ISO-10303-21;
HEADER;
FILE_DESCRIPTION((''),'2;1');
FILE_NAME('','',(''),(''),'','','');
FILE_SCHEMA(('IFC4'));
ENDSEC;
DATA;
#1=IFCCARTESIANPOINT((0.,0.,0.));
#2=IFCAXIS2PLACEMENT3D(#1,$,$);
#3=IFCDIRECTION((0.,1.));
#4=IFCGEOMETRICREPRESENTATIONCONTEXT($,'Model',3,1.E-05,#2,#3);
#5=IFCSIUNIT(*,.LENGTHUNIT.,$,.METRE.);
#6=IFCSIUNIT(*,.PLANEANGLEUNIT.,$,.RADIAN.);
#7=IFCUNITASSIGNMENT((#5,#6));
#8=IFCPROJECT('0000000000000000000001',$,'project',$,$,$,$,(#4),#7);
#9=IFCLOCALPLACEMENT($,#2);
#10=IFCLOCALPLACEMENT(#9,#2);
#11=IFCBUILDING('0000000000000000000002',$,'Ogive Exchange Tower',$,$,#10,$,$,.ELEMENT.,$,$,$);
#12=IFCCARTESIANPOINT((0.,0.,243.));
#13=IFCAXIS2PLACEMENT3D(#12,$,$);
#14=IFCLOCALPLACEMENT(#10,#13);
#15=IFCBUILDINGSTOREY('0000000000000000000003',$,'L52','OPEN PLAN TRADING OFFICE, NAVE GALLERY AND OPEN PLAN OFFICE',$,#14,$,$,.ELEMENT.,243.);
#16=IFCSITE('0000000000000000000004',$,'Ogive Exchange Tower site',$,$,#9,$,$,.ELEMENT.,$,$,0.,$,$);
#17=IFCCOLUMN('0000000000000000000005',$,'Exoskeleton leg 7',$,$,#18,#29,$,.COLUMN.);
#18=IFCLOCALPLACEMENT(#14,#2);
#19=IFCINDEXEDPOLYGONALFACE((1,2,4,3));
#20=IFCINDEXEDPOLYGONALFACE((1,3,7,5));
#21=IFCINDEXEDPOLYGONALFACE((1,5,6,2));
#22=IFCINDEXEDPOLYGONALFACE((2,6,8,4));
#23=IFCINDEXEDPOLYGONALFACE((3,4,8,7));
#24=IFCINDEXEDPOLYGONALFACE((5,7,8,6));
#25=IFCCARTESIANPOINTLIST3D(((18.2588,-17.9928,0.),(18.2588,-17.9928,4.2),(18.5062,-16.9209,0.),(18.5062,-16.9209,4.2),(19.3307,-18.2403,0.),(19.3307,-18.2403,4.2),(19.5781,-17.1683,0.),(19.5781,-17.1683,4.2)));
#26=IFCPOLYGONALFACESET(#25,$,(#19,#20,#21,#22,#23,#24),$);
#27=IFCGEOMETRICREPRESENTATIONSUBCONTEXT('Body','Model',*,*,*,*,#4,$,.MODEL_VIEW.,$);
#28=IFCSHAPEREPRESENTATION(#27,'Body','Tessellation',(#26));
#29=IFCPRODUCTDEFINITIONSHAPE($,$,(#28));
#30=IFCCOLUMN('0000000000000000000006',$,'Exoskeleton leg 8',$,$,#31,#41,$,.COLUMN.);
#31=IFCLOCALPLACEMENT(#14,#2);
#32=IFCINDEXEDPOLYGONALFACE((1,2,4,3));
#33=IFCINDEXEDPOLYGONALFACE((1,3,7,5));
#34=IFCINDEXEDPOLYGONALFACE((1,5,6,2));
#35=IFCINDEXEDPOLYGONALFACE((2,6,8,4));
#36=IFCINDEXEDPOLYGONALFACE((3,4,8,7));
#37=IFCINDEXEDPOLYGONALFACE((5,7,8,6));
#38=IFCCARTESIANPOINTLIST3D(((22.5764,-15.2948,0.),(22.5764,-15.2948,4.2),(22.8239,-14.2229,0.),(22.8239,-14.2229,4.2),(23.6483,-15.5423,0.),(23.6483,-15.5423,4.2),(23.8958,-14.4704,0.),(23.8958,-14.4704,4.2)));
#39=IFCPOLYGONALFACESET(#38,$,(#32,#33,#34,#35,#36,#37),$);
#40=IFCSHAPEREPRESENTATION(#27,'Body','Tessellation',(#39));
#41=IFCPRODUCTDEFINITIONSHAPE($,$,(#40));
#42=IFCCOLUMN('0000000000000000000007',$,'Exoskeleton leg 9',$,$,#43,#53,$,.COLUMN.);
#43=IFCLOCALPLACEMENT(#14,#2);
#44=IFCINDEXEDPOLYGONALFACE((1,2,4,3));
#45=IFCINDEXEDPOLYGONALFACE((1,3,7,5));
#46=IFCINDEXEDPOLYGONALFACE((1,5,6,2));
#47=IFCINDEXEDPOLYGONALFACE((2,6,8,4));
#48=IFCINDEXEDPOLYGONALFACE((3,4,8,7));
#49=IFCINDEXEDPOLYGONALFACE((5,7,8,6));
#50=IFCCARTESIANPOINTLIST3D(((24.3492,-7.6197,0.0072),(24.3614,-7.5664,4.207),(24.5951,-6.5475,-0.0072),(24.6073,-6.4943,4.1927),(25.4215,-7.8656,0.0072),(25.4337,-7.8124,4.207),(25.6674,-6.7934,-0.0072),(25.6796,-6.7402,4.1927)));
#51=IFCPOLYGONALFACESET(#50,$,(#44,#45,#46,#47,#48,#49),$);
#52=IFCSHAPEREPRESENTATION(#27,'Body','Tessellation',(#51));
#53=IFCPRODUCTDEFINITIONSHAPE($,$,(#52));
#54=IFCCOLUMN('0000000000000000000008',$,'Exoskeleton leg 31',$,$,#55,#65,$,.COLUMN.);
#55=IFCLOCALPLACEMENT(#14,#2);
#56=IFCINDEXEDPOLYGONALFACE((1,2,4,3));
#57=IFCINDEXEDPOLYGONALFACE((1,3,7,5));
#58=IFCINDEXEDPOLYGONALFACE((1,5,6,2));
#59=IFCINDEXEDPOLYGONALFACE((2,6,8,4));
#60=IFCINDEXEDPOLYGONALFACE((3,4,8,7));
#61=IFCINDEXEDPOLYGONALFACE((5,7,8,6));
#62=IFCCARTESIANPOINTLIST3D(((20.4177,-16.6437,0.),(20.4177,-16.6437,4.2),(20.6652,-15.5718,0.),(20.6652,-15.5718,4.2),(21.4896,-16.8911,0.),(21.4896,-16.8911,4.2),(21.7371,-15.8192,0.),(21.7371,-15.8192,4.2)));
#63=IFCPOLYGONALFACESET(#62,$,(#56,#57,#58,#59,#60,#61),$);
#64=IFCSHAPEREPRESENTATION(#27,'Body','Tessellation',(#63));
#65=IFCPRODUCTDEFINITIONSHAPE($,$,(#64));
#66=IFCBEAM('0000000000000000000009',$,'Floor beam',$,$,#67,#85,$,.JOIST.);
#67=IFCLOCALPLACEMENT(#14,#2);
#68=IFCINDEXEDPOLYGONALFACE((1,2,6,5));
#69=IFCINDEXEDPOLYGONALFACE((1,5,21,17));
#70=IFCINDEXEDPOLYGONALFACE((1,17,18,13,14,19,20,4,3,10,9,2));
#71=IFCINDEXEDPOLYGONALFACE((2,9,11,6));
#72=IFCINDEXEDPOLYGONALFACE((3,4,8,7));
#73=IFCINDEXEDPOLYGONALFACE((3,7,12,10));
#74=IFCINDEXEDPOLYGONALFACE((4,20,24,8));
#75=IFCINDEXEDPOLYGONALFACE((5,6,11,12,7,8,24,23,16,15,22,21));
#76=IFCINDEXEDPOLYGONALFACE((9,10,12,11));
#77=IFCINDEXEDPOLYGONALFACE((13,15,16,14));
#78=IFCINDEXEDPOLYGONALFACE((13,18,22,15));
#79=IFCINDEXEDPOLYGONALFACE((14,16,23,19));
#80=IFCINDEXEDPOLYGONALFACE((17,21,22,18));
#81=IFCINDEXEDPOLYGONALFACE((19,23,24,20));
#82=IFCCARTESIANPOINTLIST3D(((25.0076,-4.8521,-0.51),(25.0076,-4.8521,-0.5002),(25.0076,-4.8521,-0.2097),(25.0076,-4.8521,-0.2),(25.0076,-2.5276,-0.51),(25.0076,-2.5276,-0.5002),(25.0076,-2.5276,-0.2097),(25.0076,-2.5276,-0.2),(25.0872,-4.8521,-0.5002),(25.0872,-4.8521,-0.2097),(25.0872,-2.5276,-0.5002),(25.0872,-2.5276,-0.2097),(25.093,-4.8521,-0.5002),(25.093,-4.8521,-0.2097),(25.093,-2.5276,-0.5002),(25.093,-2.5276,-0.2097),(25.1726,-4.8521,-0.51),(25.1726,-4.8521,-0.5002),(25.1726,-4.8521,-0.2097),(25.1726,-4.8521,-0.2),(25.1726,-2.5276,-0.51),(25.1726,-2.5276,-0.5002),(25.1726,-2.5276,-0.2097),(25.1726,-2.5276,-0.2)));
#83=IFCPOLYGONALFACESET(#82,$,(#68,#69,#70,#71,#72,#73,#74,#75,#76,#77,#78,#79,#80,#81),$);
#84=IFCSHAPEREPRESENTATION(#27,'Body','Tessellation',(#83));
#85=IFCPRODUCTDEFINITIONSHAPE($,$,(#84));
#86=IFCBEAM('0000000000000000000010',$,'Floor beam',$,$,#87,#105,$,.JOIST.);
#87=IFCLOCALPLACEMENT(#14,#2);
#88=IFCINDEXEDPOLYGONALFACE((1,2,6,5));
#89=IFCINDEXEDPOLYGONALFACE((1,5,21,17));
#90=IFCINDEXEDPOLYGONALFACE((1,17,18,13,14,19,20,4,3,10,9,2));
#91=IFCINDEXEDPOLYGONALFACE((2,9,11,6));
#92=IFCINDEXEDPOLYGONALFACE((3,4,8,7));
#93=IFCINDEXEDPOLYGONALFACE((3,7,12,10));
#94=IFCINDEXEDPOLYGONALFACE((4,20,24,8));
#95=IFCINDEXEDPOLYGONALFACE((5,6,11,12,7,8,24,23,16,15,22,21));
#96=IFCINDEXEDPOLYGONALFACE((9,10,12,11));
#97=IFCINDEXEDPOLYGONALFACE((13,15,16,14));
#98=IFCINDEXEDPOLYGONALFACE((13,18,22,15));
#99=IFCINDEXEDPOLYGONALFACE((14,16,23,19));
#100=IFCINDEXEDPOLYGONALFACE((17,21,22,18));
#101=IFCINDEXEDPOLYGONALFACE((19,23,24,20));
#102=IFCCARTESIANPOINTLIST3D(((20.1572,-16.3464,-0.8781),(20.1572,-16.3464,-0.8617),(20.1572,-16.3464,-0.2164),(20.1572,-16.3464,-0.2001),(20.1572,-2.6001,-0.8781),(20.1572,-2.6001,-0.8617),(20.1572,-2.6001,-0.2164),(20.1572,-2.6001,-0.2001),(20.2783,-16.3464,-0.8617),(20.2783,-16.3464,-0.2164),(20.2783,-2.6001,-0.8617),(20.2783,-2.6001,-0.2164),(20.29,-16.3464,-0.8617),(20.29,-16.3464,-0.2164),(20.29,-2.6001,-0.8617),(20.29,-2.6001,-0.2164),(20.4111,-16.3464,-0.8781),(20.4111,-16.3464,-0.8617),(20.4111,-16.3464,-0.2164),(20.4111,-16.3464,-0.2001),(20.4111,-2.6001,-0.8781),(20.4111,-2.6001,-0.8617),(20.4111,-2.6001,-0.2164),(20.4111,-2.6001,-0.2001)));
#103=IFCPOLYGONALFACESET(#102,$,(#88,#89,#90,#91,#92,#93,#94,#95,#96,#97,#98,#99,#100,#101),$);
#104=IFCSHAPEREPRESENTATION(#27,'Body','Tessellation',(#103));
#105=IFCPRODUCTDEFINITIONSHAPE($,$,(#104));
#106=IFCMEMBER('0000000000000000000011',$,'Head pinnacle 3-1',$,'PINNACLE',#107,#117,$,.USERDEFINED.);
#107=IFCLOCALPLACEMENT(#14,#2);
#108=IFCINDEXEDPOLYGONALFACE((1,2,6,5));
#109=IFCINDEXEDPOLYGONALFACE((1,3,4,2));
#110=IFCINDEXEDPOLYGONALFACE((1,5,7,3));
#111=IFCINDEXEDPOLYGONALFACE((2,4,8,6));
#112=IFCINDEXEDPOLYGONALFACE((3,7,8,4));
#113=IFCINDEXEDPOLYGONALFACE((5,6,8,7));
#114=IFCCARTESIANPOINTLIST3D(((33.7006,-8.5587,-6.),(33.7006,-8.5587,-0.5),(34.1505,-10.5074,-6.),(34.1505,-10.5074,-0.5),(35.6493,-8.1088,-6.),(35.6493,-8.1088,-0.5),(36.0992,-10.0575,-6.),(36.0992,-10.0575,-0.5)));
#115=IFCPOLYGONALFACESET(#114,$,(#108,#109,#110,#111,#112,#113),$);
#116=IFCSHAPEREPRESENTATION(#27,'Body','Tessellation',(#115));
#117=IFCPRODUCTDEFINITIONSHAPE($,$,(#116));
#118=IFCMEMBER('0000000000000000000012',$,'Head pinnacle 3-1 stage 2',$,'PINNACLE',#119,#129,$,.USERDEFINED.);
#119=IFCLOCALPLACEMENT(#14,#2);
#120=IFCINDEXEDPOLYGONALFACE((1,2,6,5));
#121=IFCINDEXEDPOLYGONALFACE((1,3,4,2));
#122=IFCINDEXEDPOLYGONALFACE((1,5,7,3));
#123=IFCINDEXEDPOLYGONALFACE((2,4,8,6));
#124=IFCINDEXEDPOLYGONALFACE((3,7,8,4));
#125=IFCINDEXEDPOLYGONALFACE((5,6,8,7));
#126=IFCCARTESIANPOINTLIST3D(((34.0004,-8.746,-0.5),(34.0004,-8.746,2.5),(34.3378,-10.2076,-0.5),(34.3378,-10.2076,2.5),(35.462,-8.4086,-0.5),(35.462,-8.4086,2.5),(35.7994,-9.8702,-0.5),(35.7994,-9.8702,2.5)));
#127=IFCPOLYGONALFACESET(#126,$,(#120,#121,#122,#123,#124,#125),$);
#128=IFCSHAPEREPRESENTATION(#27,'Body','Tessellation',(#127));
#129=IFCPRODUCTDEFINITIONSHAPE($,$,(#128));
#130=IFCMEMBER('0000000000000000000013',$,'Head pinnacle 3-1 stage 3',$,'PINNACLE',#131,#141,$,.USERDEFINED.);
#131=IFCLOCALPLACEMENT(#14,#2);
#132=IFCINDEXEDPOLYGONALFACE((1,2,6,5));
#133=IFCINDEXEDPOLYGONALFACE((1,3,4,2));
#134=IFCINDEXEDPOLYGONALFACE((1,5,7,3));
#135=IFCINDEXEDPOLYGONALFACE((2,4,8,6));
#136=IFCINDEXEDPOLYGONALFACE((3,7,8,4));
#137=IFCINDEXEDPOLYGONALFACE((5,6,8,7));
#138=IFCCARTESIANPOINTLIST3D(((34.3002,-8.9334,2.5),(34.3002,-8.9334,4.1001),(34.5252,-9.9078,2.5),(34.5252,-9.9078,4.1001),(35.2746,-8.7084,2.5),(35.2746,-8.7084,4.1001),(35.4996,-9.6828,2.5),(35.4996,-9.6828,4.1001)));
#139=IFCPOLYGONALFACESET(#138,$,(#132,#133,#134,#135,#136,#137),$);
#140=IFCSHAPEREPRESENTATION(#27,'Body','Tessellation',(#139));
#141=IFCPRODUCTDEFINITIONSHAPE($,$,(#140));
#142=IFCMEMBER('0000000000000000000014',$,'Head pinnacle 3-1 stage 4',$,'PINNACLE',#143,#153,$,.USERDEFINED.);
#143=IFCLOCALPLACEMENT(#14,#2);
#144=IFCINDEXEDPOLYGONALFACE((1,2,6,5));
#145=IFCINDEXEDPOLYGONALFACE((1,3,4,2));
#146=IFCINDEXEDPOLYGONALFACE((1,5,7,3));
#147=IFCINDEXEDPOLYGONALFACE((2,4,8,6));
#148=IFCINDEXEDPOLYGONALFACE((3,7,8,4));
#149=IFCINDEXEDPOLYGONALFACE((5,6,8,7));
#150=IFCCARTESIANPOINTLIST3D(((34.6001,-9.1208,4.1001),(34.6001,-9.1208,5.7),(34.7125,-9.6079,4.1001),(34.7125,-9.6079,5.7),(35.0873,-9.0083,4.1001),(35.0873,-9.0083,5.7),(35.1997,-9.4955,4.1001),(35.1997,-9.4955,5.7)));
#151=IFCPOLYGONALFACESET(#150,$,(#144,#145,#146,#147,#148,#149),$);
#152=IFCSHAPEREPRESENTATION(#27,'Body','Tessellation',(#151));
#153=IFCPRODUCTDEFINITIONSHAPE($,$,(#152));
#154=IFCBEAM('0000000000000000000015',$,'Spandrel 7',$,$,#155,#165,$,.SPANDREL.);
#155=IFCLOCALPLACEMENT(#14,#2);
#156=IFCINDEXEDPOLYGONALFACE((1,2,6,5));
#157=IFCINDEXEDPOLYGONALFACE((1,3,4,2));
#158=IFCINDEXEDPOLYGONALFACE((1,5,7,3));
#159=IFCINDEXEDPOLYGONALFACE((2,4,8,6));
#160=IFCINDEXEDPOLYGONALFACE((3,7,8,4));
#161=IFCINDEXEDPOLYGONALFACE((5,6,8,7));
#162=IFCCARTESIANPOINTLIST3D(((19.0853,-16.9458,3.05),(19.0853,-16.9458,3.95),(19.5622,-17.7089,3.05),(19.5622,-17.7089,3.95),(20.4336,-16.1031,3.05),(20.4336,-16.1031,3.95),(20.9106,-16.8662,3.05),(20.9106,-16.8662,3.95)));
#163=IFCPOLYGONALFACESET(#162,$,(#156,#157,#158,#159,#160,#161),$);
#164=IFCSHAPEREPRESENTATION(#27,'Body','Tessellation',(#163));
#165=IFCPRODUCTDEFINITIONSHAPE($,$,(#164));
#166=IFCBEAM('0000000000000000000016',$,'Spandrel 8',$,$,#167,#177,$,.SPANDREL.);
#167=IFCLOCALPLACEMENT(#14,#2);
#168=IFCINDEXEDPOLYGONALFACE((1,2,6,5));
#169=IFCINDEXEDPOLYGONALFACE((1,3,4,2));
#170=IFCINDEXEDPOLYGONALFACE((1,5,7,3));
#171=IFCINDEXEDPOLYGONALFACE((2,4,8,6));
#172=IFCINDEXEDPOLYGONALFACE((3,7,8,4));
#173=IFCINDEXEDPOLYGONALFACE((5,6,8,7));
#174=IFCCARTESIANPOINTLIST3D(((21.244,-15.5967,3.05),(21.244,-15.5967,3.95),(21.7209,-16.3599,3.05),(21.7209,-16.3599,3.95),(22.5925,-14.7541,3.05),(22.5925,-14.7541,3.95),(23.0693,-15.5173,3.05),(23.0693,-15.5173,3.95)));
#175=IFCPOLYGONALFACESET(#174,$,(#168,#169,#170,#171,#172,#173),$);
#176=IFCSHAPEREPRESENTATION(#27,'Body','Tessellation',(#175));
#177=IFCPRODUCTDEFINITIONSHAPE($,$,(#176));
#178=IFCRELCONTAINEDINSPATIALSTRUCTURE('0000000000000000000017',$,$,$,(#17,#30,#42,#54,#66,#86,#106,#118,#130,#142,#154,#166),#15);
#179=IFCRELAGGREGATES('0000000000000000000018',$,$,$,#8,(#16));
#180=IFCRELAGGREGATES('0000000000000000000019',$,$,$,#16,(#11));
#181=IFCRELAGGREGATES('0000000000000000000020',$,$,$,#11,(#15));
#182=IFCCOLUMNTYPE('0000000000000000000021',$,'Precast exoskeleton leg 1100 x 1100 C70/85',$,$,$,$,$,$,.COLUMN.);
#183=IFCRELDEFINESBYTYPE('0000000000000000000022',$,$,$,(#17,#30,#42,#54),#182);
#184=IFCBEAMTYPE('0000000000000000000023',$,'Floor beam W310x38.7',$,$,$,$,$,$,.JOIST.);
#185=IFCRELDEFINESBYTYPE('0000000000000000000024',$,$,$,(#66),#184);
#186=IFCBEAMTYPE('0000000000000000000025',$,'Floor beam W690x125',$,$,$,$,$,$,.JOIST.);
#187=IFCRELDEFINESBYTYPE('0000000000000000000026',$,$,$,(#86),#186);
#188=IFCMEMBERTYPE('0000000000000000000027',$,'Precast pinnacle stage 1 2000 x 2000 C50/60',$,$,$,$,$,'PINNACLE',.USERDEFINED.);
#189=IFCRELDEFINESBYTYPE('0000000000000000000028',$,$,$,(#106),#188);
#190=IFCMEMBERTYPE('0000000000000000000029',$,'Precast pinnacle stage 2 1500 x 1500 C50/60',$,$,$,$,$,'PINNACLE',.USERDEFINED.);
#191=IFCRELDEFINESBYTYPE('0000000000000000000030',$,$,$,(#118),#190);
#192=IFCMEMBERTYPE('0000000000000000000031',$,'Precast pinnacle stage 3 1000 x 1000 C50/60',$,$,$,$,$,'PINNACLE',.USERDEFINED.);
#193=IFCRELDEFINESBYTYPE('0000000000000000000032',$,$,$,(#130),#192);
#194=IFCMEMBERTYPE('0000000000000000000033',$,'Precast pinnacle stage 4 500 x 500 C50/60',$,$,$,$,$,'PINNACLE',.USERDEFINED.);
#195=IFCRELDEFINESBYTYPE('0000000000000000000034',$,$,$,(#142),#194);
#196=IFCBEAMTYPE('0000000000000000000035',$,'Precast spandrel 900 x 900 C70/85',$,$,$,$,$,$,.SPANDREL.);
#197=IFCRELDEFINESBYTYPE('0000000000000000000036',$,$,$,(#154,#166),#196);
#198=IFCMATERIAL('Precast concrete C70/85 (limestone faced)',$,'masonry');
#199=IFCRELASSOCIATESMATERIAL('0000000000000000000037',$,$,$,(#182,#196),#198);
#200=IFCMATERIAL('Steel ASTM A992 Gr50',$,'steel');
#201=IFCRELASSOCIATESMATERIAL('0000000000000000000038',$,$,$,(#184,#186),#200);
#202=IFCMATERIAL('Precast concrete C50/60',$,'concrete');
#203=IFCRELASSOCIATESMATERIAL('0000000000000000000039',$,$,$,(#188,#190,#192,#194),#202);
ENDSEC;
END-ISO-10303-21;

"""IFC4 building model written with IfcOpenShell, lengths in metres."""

from ifc_helpers import new_model, si_unit, direction, frame, origin, origin_2d, place, context, subcontext, project, spatial, rectangle, i_section, extrude, material, material_profile, profile_set, type_object, element, save


model = new_model("IFC4")

# Units and contexts
model_context = context("Model", 3, precision=1e-05, world=origin(), true_north=direction((0.0, 1.0)))
body_context = subcontext(model_context, "Body", "Model", "MODEL_VIEW")
ifc_project = project(units=[si_unit("LENGTHUNIT", "METRE"), si_unit("PLANEANGLEUNIT", "RADIAN")], contexts=[model_context])

# Site, building, storey
site_placement = place(None, origin())
site = spatial("IfcSite", under=ifc_project, at=site_placement, Name="Ogive Exchange Tower site", CompositionType="ELEMENT", RefElevation=0.0)
building_placement = place(site_placement, origin())
building = spatial("IfcBuilding", under=site, at=building_placement, Name="Ogive Exchange Tower", CompositionType="ELEMENT")
storey_placement = place(building_placement, frame((0.0, 0.0, 243.0)))
storey = spatial("IfcBuildingStorey", under=building, at=storey_placement, Name="L52", Description="OPEN PLAN TRADING OFFICE, NAVE GALLERY AND OPEN PLAN OFFICE", CompositionType="ELEMENT", Elevation=243.0)

# Columns
ifc_material_1 = material(Name="Precast concrete C70/85 (limestone faced)", Category="masonry")
ifc_material_profile_1 = material_profile(ifc_material_1, rectangle(XDim=1.1001, YDim=1.1001, at=origin_2d()), Name="1100 x 1100")
ifc_profile_set_1 = profile_set([ifc_material_profile_1], Name="Precast concrete C70/85 (limestone faced)")
column_type = type_object("IfcColumnType", Name="Precast exoskeleton leg 1100 x 1100 C70/85", PredefinedType="COLUMN", material=ifc_profile_set_1)
for number, where, z_axis, x_axis, name in (
    (1, (18.9185, -17.5806, 0.0), (0.0, 0.0, 1.0), (0.97437, -0.224951, 0.0), "Exoskeleton leg 7"),
    (2, (23.2361, -14.8826, 0.0), (0.0, 0.0, 1.0), (0.97437, -0.224951, 0.0), "Exoskeleton leg 8"),
):
    element("IfcColumn", number, at=place(storey_placement, frame(where, z_axis=z_axis, x_axis=x_axis)), inside=storey, type_object=column_type, Name=name, PredefinedType="COLUMN", context=body_context, shape_type="SweptSolid", body=[
        extrude(rectangle(XDim=1.1001, YDim=1.1001, at=origin_2d()), origin(), (0.0, 0.0, 1.0), 4.2),
    ])
column_1_placement = place(storey_placement, frame((25.0083, -7.2065, 0.0), z_axis=(0.002906, 0.012671, 0.999915), x_axis=(-0.974692, 0.223553, 0.0)))
element("IfcColumn", 3, at=column_1_placement, inside=storey, type_object=column_type, Name="Exoskeleton leg 9", PredefinedType="COLUMN", context=body_context, shape_type="SweptSolid", body=[
    extrude(rectangle(XDim=1.1001, YDim=1.1001, at=origin_2d()), origin(), (0.0, 0.0, 1.0), 4.2002),
])
column_2_placement = place(storey_placement, frame((21.0774, -16.2314, 0.0), z_axis=(0.0, 0.0, 1.0), x_axis=(0.97437, -0.224951, 0.0)))
element("IfcColumn", 4, at=column_2_placement, inside=storey, type_object=column_type, Name="Exoskeleton leg 31", PredefinedType="COLUMN", context=body_context, shape_type="SweptSolid", body=[
    extrude(rectangle(XDim=1.1001, YDim=1.1001, at=origin_2d()), origin(), (0.0, 0.0, 1.0), 4.2),
])

# Beams
ifc_material_2 = material(Name="Steel ASTM A992 Gr50", Category="steel")
ifc_material_profile_2 = material_profile(ifc_material_2, i_section(OverallWidth=0.165, OverallDepth=0.3101, WebThickness=0.0059, FlangeThickness=0.0098, at=origin_2d()), Name="W310x38.7")
ifc_profile_set_2 = profile_set([ifc_material_profile_2], Name="Steel ASTM A992 Gr50")
beam_type_1 = type_object("IfcBeamType", Name="Floor beam W310x38.7", PredefinedType="JOIST", material=ifc_profile_set_2)
beam_1_placement = place(storey_placement, frame((25.0901, -4.8521, -0.355), z_axis=(0.0, 1.0, 0.0), x_axis=(-1.0, 0.0, 0.0)))
element("IfcBeam", 5, at=beam_1_placement, inside=storey, type_object=beam_type_1, Name="Floor beam", PredefinedType="JOIST", context=body_context, shape_type="SweptSolid", body=[
    extrude(i_section(OverallWidth=0.165, OverallDepth=0.3101, WebThickness=0.0059, FlangeThickness=0.0098, at=origin_2d()), origin(), (0.0, 0.0, 1.0), 2.3245),
])
ifc_material_profile_3 = material_profile(ifc_material_2, i_section(OverallWidth=0.2539, OverallDepth=0.678, WebThickness=0.0117, FlangeThickness=0.0164, at=origin_2d()), Name="W690x125")
ifc_profile_set_3 = profile_set([ifc_material_profile_3], Name="Steel ASTM A992 Gr50")
beam_type_2 = type_object("IfcBeamType", Name="Floor beam W690x125", PredefinedType="JOIST", material=ifc_profile_set_3)
beam_2_placement = place(storey_placement, frame((20.2842, -16.3464, -0.5391), z_axis=(0.0, 1.0, 0.0), x_axis=(-1.0, 0.0, 0.0)))
element("IfcBeam", 6, at=beam_2_placement, inside=storey, type_object=beam_type_2, Name="Floor beam", PredefinedType="JOIST", context=body_context, shape_type="SweptSolid", body=[
    extrude(i_section(OverallWidth=0.2539, OverallDepth=0.678, WebThickness=0.0117, FlangeThickness=0.0164, at=origin_2d()), origin(), (0.0, 0.0, 1.0), 13.7463),
])

# Members
ifc_material_3 = material(Name="Precast concrete C50/60", Category="concrete")
ifc_material_profile_4 = material_profile(ifc_material_3, rectangle(XDim=2.0, YDim=2.0, at=origin_2d()), Name="PINNACLE 1 2000 x 2000")
ifc_profile_set_4 = profile_set([ifc_material_profile_4], Name="Precast concrete C50/60")
member_type_1 = type_object("IfcMemberType", Name="Precast pinnacle stage 1 2000 x 2000 C50/60", ElementType="PINNACLE", PredefinedType="USERDEFINED", material=ifc_profile_set_4)
member_1_placement = place(storey_placement, frame((34.8999, -9.3081, -6.0), z_axis=(0.0, 0.0, 1.0), x_axis=(0.97437, 0.224951, 0.0)))
element("IfcMember", 7, at=member_1_placement, inside=storey, type_object=member_type_1, Name="Head pinnacle 3-1", ObjectType="PINNACLE", PredefinedType="USERDEFINED", context=body_context, shape_type="SweptSolid", body=[
    extrude(rectangle(XDim=2.0, YDim=2.0, at=origin_2d()), origin(), (0.0, 0.0, 1.0), 5.5),
])
ifc_material_profile_5 = material_profile(ifc_material_3, rectangle(XDim=1.5, YDim=1.5, at=origin_2d()), Name="PINNACLE 2 1500 x 1500")
ifc_profile_set_5 = profile_set([ifc_material_profile_5], Name="Precast concrete C50/60")
member_type_2 = type_object("IfcMemberType", Name="Precast pinnacle stage 2 1500 x 1500 C50/60", ElementType="PINNACLE", PredefinedType="USERDEFINED", material=ifc_profile_set_5)
member_2_placement = place(storey_placement, frame((34.8999, -9.3081, -0.5), z_axis=(0.0, 0.0, 1.0), x_axis=(0.97437, 0.224951, 0.0)))
element("IfcMember", 8, at=member_2_placement, inside=storey, type_object=member_type_2, Name="Head pinnacle 3-1 stage 2", ObjectType="PINNACLE", PredefinedType="USERDEFINED", context=body_context, shape_type="SweptSolid", body=[
    extrude(rectangle(XDim=1.5, YDim=1.5, at=origin_2d()), origin(), (0.0, 0.0, 1.0), 3.0),
])
ifc_material_profile_6 = material_profile(ifc_material_3, rectangle(XDim=1.0, YDim=1.0, at=origin_2d()), Name="PINNACLE 3 1000 x 1000")
ifc_profile_set_6 = profile_set([ifc_material_profile_6], Name="Precast concrete C50/60")
member_type_3 = type_object("IfcMemberType", Name="Precast pinnacle stage 3 1000 x 1000 C50/60", ElementType="PINNACLE", PredefinedType="USERDEFINED", material=ifc_profile_set_6)
member_3_placement = place(storey_placement, frame((34.8999, -9.3081, 2.5), z_axis=(0.0, 0.0, 1.0), x_axis=(0.97437, 0.224951, 0.0)))
element("IfcMember", 9, at=member_3_placement, inside=storey, type_object=member_type_3, Name="Head pinnacle 3-1 stage 3", ObjectType="PINNACLE", PredefinedType="USERDEFINED", context=body_context, shape_type="SweptSolid", body=[
    extrude(rectangle(XDim=1.0, YDim=1.0, at=origin_2d()), origin(), (0.0, 0.0, 1.0), 1.6001),
])
ifc_material_profile_7 = material_profile(ifc_material_3, rectangle(XDim=0.5, YDim=0.5, at=origin_2d()), Name="PINNACLE 4 500 x 500")
ifc_profile_set_7 = profile_set([ifc_material_profile_7], Name="Precast concrete C50/60")
member_type_4 = type_object("IfcMemberType", Name="Precast pinnacle stage 4 500 x 500 C50/60", ElementType="PINNACLE", PredefinedType="USERDEFINED", material=ifc_profile_set_7)
member_4_placement = place(storey_placement, frame((34.8999, -9.3081, 4.1001), z_axis=(0.0, 0.0, 1.0), x_axis=(0.97437, 0.224951, 0.0)))
element("IfcMember", 10, at=member_4_placement, inside=storey, type_object=member_type_4, Name="Head pinnacle 3-1 stage 4", ObjectType="PINNACLE", PredefinedType="USERDEFINED", context=body_context, shape_type="SweptSolid", body=[
    extrude(rectangle(XDim=0.5, YDim=0.5, at=origin_2d()), origin(), (0.0, 0.0, 1.0), 1.5999),
])

# Beams
ifc_material_profile_8 = material_profile(ifc_material_1, rectangle(XDim=0.8999, YDim=0.8999, at=origin_2d()), Name="900 x 900")
ifc_profile_set_8 = profile_set([ifc_material_profile_8], Name="Precast concrete C70/85 (limestone faced)")
beam_type_3 = type_object("IfcBeamType", Name="Precast spandrel 900 x 900 C70/85", PredefinedType="SPANDREL", material=ifc_profile_set_8)
for number, where, z_axis, x_axis, name in (
    (11, (19.3237, -17.3274, 3.5), (0.84799, 0.530013, 0.0), (-0.530013, 0.84799, 0.0), "Spandrel 7"),
    (12, (21.4824, -15.9783, 3.5), (0.848059, 0.529902, 0.0), (-0.529902, 0.848059, 0.0), "Spandrel 8"),
):
    element("IfcBeam", number, at=place(storey_placement, frame(where, z_axis=z_axis, x_axis=x_axis)), inside=storey, type_object=beam_type_3, Name=name, PredefinedType="SPANDREL", context=body_context, shape_type="SweptSolid", body=[
        extrude(rectangle(XDim=0.8999, YDim=0.8999, at=origin_2d()), origin(), (0.0, 0.0, 1.0), 1.5901),
    ])

save(model, "model.ifc")
